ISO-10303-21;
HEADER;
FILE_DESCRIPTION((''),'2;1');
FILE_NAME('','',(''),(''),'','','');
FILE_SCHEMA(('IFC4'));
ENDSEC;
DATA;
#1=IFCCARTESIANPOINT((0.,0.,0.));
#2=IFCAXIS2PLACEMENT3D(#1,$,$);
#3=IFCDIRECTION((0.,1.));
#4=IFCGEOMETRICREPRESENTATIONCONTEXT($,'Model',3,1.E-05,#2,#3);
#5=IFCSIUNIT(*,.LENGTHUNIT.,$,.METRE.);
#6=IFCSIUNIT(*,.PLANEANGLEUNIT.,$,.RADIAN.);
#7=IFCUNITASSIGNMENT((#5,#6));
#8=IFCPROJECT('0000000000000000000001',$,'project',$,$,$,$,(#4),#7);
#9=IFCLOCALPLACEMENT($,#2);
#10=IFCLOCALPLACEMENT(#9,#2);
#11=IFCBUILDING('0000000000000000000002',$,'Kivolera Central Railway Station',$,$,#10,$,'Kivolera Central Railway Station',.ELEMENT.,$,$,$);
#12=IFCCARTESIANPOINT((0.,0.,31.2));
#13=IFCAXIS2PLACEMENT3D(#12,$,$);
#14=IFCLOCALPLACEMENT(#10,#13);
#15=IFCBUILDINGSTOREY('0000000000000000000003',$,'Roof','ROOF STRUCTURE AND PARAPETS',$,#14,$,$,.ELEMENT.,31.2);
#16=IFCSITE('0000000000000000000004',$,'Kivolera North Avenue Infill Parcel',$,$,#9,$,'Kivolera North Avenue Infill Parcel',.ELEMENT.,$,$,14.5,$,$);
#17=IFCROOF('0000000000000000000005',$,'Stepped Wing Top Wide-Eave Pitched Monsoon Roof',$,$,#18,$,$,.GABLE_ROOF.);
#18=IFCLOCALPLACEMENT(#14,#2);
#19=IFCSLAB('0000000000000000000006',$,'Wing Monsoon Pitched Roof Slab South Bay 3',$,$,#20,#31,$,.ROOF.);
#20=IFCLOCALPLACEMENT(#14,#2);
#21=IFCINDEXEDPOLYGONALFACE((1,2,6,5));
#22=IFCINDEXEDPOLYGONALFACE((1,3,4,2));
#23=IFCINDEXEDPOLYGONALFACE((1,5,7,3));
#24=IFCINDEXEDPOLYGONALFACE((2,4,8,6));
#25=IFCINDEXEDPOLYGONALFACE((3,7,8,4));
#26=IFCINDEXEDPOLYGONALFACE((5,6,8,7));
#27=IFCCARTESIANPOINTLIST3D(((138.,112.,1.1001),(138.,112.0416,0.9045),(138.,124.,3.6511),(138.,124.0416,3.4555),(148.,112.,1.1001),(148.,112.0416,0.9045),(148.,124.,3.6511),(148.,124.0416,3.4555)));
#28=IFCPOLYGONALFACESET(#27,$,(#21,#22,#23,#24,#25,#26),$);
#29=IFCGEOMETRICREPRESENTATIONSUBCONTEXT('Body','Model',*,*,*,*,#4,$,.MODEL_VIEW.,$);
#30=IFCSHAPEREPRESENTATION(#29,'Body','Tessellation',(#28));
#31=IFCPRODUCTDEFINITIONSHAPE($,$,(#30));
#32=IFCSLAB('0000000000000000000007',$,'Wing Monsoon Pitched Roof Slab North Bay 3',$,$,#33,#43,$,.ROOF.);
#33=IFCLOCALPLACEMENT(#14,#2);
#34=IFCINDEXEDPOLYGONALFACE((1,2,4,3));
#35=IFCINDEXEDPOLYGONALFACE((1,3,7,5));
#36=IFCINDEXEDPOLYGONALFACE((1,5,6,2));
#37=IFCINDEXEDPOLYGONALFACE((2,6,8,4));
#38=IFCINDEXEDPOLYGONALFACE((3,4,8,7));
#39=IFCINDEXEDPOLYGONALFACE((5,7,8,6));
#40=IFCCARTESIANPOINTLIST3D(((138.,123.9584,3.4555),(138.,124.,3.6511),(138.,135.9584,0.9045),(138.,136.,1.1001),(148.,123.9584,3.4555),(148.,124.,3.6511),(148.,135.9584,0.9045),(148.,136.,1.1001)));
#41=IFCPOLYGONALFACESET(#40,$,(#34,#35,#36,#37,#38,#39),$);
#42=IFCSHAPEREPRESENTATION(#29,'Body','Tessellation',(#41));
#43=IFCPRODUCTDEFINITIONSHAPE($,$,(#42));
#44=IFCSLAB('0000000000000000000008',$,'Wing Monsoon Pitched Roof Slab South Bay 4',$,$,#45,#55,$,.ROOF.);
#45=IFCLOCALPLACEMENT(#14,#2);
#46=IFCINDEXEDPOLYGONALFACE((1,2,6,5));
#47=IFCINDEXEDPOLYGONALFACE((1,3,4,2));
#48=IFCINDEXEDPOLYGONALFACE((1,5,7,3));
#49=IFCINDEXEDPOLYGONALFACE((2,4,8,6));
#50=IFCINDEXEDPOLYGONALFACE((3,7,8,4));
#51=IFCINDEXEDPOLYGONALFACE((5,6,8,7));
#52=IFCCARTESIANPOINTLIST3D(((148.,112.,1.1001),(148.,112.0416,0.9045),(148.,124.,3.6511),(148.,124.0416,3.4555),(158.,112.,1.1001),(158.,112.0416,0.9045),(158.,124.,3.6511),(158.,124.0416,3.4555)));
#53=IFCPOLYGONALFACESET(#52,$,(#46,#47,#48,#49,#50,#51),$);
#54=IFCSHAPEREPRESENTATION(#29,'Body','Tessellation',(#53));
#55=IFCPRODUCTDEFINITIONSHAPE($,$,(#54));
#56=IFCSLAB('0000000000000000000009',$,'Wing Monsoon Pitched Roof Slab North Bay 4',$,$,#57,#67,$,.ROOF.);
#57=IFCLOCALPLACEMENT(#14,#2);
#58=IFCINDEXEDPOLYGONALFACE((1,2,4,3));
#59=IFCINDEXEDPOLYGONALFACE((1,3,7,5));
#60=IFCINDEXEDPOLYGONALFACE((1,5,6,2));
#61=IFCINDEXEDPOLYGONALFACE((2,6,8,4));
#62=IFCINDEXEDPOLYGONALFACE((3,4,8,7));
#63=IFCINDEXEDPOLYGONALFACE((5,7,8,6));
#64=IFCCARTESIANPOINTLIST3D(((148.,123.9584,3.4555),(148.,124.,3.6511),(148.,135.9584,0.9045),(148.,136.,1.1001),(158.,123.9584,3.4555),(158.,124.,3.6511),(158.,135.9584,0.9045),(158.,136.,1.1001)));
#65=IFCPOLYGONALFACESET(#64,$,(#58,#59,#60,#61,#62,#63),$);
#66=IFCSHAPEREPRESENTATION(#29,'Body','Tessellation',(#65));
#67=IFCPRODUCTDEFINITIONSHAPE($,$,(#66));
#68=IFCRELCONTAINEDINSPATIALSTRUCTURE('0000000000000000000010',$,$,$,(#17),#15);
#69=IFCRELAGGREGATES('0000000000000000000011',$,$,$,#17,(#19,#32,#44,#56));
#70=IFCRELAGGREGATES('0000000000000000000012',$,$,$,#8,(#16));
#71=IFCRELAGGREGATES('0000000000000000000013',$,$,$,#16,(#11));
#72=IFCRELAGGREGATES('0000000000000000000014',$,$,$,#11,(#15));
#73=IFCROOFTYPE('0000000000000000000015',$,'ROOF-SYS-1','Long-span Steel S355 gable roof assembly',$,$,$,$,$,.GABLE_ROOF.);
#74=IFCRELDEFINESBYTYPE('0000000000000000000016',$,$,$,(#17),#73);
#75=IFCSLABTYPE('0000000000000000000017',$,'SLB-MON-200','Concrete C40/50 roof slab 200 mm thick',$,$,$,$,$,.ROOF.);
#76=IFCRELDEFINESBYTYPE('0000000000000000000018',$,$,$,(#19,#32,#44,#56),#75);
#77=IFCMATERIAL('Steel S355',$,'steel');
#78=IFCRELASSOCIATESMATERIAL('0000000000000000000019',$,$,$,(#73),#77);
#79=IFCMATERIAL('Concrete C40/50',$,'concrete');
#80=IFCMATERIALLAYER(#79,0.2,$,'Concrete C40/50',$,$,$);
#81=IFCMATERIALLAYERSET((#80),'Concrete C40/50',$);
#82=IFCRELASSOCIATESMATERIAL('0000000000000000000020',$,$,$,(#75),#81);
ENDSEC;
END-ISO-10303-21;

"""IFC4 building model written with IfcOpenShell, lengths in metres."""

from ifc_helpers import new_model, si_unit, direction, frame, origin, place, context, subcontext, project, spatial, polyline, outline, extrude, material, layer, layer_set, type_object, element, aggregate, save


model = new_model("IFC4")

# Units and contexts
model_context = context("Model", 3, precision=1e-05, world=origin(), true_north=direction((0.0, 1.0)))
body_context = subcontext(model_context, "Body", "Model", "MODEL_VIEW")
ifc_project = project(units=[si_unit("LENGTHUNIT", "METRE"), si_unit("PLANEANGLEUNIT", "RADIAN")], contexts=[model_context])

# Site, building, storey
site_placement = place(None, origin())
site = spatial("IfcSite", under=ifc_project, at=site_placement, Name="Kivolera North Avenue Infill Parcel", LongName="Kivolera North Avenue Infill Parcel", CompositionType="ELEMENT", RefElevation=14.5)
building_placement = place(site_placement, origin())
building = spatial("IfcBuilding", under=site, at=building_placement, Name="Kivolera Central Railway Station", LongName="Kivolera Central Railway Station", CompositionType="ELEMENT")
storey_placement = place(building_placement, frame((0.0, 0.0, 31.2)))
storey = spatial("IfcBuildingStorey", under=building, at=storey_placement, Name="Roof", Description="ROOF STRUCTURE AND PARAPETS", CompositionType="ELEMENT", Elevation=31.2)

# Shared definitions
ifc_material_1 = material(Name="Steel S355", Category="steel")

# Roof, slabs
roof_type = type_object("IfcRoofType", Name="ROOF-SYS-1", Description="Long-span Steel S355 gable roof assembly", PredefinedType="GABLE_ROOF", material=ifc_material_1)
roof_placement = place(storey_placement, origin())
roof = element("IfcRoof", 1, at=roof_placement, inside=storey, type_object=roof_type, Name="Stepped Wing Top Wide-Eave Pitched Monsoon Roof", PredefinedType="GABLE_ROOF")
ifc_material_2 = material(Name="Concrete C40/50", Category="concrete")
ifc_layer = layer(ifc_material_2, 0.2, Name="Concrete C40/50")
ifc_layer_set = layer_set([ifc_layer], Name="Concrete C40/50")
slab_type = type_object("IfcSlabType", Name="SLB-MON-200", Description="Concrete C40/50 roof slab 200 mm thick", PredefinedType="ROOF", material=ifc_layer_set)
slab_1_placement = place(storey_placement, frame((138.0, 112.0, 1.1001), z_axis=(0.0, -0.207939, 0.978142), x_axis=(1.0, 0.0, 0.0)))
slab_1 = element("IfcSlab", 2, at=slab_1_placement, type_object=slab_type, Name="Wing Monsoon Pitched Roof Slab South Bay 3", PredefinedType="ROOF", context=body_context, shape_type="SweptSolid", body=[
    extrude(outline(polyline([(0.0, 0.0), (10.0, 0.0), (10.0, 12.2682), (0.0, 12.2682), (0.0, 0.0)])), origin(), (0.0, 0.0, -1.0), 0.2),
])
slab_2_placement = place(storey_placement, frame((138.0, 124.0, 3.6511), z_axis=(0.0, 0.207939, 0.978142), x_axis=(1.0, 0.0, 0.0)))
slab_2 = element("IfcSlab", 3, at=slab_2_placement, type_object=slab_type, Name="Wing Monsoon Pitched Roof Slab North Bay 3", PredefinedType="ROOF", context=body_context, shape_type="SweptSolid", body=[
    extrude(outline(polyline([(0.0, 0.0), (10.0, 0.0), (10.0, 12.2682), (0.0, 12.2682), (0.0, 0.0)])), origin(), (0.0, 0.0, -1.0), 0.2),
])
slab_3_placement = place(storey_placement, frame((148.0, 112.0, 1.1001), z_axis=(0.0, -0.207939, 0.978142), x_axis=(1.0, 0.0, 0.0)))
slab_3 = element("IfcSlab", 4, at=slab_3_placement, type_object=slab_type, Name="Wing Monsoon Pitched Roof Slab South Bay 4", PredefinedType="ROOF", context=body_context, shape_type="SweptSolid", body=[
    extrude(outline(polyline([(0.0, 0.0), (10.0, 0.0), (10.0, 12.2682), (0.0, 12.2682), (0.0, 0.0)])), origin(), (0.0, 0.0, -1.0), 0.2),
])
slab_4_placement = place(storey_placement, frame((148.0, 124.0, 3.6511), z_axis=(0.0, 0.207939, 0.978142), x_axis=(1.0, 0.0, 0.0)))
slab_4 = element("IfcSlab", 5, at=slab_4_placement, type_object=slab_type, Name="Wing Monsoon Pitched Roof Slab North Bay 4", PredefinedType="ROOF", context=body_context, shape_type="SweptSolid", body=[
    extrude(outline(polyline([(0.0, 0.0), (10.0, 0.0), (10.0, 12.2682), (0.0, 12.2682), (0.0, 0.0)])), origin(), (0.0, 0.0, -1.0), 0.2),
])
aggregate(roof, [slab_1, slab_2, slab_3, slab_4])

save(model, "model.ifc")
